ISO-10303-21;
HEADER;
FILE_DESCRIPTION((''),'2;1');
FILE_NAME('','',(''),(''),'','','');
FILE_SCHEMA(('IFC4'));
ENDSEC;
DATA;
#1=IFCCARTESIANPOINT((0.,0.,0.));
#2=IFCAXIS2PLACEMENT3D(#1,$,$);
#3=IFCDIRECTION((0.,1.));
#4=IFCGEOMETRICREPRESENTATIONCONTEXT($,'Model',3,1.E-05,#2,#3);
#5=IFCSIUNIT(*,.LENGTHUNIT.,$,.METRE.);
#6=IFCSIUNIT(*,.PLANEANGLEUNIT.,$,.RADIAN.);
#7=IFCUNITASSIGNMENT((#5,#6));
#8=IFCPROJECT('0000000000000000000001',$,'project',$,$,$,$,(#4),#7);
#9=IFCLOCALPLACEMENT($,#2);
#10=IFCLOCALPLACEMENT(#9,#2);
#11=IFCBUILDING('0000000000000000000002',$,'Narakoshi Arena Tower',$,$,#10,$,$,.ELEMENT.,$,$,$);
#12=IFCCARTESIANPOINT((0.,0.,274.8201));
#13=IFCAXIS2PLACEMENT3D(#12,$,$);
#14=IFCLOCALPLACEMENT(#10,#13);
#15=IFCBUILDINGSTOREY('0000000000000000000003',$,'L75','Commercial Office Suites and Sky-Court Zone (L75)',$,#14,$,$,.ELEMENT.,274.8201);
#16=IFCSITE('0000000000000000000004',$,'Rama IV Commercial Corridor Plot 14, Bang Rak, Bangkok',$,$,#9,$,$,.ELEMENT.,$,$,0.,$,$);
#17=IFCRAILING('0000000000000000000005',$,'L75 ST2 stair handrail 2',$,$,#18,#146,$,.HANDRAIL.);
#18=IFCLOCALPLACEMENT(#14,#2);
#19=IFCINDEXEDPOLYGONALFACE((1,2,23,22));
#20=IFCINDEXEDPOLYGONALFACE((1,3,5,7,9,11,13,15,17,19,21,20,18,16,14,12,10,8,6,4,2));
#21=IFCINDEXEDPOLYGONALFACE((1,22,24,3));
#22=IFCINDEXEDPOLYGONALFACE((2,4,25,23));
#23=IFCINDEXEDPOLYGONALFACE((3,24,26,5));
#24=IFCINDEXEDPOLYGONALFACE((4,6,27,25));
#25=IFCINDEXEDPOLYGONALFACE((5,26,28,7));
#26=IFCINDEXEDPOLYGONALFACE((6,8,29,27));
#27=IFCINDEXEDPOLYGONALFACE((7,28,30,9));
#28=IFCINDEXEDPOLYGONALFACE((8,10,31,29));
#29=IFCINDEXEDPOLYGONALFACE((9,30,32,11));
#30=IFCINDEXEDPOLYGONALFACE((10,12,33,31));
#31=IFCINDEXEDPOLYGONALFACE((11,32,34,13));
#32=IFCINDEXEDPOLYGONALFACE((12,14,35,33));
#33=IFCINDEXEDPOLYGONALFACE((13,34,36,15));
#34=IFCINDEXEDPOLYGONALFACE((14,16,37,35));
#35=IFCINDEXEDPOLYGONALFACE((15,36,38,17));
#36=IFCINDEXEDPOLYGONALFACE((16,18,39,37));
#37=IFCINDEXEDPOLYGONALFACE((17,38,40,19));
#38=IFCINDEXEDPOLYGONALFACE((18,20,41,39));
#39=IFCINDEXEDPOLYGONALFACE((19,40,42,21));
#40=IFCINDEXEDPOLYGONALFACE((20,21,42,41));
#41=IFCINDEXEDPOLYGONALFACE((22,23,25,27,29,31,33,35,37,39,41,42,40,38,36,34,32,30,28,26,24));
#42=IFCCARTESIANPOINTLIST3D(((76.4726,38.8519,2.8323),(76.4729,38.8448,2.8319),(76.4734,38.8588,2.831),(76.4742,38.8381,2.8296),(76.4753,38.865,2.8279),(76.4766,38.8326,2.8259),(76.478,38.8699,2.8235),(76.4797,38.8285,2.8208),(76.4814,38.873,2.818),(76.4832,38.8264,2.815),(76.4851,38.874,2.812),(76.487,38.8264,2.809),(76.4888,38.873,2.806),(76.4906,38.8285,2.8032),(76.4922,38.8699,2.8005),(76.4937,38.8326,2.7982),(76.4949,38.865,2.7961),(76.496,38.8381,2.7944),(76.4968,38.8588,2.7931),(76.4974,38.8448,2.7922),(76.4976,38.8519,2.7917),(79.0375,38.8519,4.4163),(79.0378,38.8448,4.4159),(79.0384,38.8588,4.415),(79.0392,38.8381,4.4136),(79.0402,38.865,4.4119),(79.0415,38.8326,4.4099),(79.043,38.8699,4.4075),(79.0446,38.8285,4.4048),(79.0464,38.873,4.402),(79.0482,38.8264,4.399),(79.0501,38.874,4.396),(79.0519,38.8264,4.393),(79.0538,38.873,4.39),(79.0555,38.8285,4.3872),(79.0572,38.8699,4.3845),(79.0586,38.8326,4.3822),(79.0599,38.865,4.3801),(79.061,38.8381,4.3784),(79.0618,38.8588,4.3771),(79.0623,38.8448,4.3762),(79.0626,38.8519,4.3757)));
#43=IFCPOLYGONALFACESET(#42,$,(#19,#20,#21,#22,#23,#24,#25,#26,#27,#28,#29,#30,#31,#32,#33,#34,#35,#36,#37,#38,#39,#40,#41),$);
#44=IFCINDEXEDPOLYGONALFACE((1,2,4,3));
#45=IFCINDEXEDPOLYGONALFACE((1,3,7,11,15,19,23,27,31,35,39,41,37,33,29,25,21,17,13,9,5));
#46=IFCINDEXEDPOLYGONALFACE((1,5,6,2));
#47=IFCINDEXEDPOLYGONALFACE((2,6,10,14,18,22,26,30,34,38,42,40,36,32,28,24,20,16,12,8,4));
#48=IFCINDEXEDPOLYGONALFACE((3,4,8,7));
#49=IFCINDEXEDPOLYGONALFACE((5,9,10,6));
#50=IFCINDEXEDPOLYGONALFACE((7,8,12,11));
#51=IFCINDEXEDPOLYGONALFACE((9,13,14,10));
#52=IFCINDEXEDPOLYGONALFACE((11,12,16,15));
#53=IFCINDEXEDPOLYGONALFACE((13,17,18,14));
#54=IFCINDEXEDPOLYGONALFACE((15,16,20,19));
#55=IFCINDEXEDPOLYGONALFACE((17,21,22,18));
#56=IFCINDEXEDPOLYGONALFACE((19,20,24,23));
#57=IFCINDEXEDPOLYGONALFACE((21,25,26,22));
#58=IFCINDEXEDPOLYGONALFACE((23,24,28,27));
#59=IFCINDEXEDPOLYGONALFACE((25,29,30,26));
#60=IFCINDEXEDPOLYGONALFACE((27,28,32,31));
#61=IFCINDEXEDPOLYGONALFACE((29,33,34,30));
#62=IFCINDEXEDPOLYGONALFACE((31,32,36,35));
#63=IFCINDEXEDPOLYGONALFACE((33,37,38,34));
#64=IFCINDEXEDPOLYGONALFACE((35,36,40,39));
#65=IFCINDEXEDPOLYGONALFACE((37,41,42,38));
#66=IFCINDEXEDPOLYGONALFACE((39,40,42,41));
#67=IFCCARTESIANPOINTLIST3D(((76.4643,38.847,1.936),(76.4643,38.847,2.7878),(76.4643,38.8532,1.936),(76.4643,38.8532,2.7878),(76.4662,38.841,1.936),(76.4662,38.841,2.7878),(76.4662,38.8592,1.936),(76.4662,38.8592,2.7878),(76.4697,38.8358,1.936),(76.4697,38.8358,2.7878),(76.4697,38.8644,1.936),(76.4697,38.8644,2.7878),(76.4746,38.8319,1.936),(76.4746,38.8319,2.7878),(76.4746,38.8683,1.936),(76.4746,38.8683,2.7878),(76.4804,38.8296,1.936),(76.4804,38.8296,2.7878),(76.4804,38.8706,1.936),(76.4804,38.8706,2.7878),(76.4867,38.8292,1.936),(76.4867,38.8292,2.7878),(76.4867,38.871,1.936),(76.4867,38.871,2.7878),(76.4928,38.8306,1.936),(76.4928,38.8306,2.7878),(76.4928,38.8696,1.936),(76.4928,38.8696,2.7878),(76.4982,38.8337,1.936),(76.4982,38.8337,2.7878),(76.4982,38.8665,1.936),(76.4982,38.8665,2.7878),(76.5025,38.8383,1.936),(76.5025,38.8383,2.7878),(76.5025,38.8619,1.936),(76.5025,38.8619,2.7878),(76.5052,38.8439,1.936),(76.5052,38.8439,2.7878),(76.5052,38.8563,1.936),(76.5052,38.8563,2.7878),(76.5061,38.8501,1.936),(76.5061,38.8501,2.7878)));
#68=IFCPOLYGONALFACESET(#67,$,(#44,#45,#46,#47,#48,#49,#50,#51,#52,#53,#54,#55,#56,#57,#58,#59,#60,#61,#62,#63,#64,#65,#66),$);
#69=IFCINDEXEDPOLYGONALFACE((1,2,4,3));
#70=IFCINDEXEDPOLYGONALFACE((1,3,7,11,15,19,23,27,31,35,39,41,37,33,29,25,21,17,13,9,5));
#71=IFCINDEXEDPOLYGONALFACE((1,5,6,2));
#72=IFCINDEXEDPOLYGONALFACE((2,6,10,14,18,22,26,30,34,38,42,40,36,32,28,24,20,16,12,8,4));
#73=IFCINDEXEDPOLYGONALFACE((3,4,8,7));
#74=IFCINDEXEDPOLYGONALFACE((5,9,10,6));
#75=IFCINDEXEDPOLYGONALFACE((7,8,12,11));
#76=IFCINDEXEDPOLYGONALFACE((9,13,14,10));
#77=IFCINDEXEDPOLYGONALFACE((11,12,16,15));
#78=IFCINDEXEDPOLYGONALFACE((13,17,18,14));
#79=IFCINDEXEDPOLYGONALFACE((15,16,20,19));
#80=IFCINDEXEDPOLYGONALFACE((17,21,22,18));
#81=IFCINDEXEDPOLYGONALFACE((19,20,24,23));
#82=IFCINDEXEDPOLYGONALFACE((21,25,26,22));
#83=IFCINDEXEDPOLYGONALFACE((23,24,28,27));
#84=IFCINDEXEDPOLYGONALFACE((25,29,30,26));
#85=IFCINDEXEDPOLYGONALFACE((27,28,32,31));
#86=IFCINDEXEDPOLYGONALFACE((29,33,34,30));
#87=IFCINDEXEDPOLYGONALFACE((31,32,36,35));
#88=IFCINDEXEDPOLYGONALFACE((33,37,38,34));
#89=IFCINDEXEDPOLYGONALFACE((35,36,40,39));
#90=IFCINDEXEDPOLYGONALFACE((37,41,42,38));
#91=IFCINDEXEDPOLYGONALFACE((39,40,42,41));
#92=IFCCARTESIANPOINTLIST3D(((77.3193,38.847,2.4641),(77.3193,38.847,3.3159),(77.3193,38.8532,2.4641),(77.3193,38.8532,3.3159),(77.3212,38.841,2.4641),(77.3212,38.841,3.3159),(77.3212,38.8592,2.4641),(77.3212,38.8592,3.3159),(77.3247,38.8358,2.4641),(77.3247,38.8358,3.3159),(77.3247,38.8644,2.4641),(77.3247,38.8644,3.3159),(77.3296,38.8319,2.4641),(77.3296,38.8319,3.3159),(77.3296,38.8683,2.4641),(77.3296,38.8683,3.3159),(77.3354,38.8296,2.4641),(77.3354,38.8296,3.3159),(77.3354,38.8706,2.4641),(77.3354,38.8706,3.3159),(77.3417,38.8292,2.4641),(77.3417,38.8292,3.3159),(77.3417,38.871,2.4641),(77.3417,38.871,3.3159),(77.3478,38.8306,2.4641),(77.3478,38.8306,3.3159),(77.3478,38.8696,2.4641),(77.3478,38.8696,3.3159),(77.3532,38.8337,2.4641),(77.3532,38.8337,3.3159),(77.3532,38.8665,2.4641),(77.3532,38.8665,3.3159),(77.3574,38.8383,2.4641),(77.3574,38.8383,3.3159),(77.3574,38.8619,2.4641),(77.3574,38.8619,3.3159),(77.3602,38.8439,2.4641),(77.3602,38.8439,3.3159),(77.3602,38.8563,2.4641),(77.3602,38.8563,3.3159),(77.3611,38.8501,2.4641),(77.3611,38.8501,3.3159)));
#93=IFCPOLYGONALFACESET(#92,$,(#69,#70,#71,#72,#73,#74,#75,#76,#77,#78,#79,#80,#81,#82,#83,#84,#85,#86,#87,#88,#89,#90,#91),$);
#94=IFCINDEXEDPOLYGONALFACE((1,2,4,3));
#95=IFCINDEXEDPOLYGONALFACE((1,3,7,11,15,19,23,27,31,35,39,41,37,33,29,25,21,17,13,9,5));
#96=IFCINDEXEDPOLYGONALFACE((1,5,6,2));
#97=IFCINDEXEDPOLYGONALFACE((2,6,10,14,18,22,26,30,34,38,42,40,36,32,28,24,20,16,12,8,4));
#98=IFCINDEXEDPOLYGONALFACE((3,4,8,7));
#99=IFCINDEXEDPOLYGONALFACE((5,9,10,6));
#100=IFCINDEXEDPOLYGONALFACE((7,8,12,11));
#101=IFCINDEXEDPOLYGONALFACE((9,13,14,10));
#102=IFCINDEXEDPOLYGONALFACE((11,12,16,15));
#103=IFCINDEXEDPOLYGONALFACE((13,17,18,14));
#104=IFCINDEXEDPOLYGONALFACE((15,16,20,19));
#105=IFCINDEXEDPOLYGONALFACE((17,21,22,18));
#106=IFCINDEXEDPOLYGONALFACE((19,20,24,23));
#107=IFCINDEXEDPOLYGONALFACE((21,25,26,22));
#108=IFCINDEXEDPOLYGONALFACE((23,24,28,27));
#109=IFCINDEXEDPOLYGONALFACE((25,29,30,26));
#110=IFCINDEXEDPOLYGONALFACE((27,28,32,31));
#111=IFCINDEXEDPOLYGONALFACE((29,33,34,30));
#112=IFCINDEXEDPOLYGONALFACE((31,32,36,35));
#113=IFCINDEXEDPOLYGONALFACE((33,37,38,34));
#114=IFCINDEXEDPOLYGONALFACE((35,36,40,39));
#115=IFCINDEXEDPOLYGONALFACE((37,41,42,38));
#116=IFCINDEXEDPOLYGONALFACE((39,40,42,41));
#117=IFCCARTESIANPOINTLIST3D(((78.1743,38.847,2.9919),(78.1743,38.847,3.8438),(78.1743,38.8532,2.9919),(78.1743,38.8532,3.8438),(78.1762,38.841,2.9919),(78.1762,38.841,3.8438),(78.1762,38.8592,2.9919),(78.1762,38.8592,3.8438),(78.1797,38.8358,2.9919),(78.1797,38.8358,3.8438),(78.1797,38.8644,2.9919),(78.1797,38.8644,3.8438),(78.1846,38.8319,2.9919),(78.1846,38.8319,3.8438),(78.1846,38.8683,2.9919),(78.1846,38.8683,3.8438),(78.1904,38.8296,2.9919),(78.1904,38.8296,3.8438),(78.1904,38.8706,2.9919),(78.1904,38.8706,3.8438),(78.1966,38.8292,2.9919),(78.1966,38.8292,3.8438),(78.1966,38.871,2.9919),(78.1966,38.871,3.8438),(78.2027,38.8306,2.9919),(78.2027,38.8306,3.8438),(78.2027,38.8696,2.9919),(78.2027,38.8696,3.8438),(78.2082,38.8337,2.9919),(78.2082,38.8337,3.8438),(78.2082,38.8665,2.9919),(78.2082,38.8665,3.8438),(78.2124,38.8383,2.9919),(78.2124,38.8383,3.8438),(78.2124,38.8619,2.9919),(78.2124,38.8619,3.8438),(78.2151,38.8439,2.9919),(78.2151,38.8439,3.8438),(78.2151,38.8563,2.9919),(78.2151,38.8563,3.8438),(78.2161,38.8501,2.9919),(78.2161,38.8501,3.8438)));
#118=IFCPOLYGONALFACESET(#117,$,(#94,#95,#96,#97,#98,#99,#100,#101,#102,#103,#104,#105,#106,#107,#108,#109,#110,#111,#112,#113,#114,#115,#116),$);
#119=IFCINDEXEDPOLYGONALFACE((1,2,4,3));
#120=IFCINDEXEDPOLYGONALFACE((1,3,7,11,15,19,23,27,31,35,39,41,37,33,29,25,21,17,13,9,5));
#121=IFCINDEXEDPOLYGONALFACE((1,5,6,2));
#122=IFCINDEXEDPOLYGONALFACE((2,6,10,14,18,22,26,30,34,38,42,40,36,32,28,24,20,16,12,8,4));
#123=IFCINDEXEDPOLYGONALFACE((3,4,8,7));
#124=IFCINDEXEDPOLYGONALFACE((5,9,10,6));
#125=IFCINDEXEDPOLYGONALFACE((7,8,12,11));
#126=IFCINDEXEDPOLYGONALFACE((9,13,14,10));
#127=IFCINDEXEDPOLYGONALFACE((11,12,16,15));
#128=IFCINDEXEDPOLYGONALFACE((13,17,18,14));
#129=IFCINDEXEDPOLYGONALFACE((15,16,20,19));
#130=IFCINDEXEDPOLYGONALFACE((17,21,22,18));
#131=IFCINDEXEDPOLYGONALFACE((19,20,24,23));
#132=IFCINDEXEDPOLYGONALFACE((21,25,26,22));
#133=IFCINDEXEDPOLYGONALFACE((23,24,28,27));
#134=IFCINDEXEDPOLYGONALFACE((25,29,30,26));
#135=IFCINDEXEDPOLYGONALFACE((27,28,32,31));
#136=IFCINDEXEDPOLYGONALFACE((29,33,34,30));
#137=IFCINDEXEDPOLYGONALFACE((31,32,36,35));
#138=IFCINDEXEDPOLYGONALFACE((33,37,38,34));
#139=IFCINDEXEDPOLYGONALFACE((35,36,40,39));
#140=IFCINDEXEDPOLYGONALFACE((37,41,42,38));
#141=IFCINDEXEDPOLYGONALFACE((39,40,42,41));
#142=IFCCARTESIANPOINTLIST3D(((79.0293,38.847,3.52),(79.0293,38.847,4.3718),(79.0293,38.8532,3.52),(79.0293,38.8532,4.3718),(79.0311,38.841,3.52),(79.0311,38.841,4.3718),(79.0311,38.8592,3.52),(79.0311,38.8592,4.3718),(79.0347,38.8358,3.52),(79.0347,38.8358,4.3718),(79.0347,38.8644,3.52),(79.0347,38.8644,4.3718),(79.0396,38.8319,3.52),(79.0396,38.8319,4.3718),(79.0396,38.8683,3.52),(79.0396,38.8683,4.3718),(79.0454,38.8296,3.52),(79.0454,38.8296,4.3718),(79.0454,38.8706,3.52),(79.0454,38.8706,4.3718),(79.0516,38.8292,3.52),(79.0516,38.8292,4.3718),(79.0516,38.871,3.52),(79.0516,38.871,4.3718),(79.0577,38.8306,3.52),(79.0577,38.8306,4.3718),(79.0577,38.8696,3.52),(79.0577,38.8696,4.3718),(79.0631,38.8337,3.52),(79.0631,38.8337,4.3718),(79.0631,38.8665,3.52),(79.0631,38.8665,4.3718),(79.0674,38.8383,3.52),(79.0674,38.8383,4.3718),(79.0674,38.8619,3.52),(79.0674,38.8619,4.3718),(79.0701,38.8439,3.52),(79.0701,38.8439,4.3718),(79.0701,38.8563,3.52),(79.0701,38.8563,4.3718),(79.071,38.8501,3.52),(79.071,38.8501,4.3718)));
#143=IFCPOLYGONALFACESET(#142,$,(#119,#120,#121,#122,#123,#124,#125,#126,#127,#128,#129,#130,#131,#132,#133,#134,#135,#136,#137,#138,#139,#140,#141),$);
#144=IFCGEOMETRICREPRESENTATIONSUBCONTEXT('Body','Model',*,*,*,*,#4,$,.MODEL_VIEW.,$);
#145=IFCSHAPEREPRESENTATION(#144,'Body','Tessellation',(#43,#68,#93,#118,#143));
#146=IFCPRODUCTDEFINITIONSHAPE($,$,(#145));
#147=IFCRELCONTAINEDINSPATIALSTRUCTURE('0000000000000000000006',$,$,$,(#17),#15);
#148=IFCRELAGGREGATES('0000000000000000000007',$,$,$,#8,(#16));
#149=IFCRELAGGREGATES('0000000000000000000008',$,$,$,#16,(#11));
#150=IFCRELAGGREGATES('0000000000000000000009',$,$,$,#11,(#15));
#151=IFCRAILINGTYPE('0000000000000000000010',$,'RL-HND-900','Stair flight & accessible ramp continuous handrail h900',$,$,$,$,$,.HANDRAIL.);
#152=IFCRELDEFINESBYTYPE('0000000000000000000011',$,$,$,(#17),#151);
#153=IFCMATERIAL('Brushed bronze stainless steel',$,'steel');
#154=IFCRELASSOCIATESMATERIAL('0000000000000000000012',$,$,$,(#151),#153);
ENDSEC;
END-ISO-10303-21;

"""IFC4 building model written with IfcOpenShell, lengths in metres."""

from ifc_helpers import new_model, si_unit, direction, frame, origin, origin_2d, place, context, subcontext, project, spatial, circle, extrude, material, type_object, element, save


model = new_model("IFC4")

# Units and contexts
model_context = context("Model", 3, precision=1e-05, world=origin(), true_north=direction((0.0, 1.0)))
body_context = subcontext(model_context, "Body", "Model", "MODEL_VIEW")
ifc_project = project(units=[si_unit("LENGTHUNIT", "METRE"), si_unit("PLANEANGLEUNIT", "RADIAN")], contexts=[model_context])

# Site, building, storey
site_placement = place(None, origin())
site = spatial("IfcSite", under=ifc_project, at=site_placement, Name="Rama IV Commercial Corridor Plot 14, Bang Rak, Bangkok", CompositionType="ELEMENT", RefElevation=0.0)
building_placement = place(site_placement, origin())
building = spatial("IfcBuilding", under=site, at=building_placement, Name="Narakoshi Arena Tower", CompositionType="ELEMENT")
storey_placement = place(building_placement, frame((0.0, 0.0, 274.8201)))
storey = spatial("IfcBuildingStorey", under=building, at=storey_placement, Name="L75", Description="Commercial Office Suites and Sky-Court Zone (L75)", CompositionType="ELEMENT", Elevation=274.8201)

# Railing
ifc_material_1 = material(Name="Brushed bronze stainless steel", Category="steel")
railing_type_1 = type_object("IfcRailingType", Name="RL-HND-900", Description="Stair flight & accessible ramp continuous handrail h900", PredefinedType="HANDRAIL", material=ifc_material_1)
railing_1_placement = place(storey_placement, frame((76.4851, 38.8501, 1.936)))
element("IfcRailing", 1, at=railing_1_placement, inside=storey, type_object=railing_type_1, Name="L75 ST2 stair handrail 2", PredefinedType="HANDRAIL", context=body_context, shape_type="SweptSolid", body=[
    extrude(circle(Radius=0.0239, at=origin_2d()), frame((0.0, 0.0, 0.876), z_axis=(0.850834, 0.0, 0.525434), x_axis=(0.0, 1.0, 0.0)), (0.0, 0.0, 1.0), 3.0146),
    extrude(circle(Radius=0.021, at=origin_2d()), origin(), (0.0, 0.0, 1.0), 0.8518),
    extrude(circle(Radius=0.021, at=origin_2d()), frame((0.855, 0.0, 0.5281)), (0.0, 0.0, 1.0), 0.8518),
    extrude(circle(Radius=0.021, at=origin_2d()), frame((1.71, 0.0, 1.0559)), (0.0, 0.0, 1.0), 0.8518),
    extrude(circle(Radius=0.021, at=origin_2d()), frame((2.5649, 0.0, 1.584)), (0.0, 0.0, 1.0), 0.8518),
])

save(model, "model.ifc")
